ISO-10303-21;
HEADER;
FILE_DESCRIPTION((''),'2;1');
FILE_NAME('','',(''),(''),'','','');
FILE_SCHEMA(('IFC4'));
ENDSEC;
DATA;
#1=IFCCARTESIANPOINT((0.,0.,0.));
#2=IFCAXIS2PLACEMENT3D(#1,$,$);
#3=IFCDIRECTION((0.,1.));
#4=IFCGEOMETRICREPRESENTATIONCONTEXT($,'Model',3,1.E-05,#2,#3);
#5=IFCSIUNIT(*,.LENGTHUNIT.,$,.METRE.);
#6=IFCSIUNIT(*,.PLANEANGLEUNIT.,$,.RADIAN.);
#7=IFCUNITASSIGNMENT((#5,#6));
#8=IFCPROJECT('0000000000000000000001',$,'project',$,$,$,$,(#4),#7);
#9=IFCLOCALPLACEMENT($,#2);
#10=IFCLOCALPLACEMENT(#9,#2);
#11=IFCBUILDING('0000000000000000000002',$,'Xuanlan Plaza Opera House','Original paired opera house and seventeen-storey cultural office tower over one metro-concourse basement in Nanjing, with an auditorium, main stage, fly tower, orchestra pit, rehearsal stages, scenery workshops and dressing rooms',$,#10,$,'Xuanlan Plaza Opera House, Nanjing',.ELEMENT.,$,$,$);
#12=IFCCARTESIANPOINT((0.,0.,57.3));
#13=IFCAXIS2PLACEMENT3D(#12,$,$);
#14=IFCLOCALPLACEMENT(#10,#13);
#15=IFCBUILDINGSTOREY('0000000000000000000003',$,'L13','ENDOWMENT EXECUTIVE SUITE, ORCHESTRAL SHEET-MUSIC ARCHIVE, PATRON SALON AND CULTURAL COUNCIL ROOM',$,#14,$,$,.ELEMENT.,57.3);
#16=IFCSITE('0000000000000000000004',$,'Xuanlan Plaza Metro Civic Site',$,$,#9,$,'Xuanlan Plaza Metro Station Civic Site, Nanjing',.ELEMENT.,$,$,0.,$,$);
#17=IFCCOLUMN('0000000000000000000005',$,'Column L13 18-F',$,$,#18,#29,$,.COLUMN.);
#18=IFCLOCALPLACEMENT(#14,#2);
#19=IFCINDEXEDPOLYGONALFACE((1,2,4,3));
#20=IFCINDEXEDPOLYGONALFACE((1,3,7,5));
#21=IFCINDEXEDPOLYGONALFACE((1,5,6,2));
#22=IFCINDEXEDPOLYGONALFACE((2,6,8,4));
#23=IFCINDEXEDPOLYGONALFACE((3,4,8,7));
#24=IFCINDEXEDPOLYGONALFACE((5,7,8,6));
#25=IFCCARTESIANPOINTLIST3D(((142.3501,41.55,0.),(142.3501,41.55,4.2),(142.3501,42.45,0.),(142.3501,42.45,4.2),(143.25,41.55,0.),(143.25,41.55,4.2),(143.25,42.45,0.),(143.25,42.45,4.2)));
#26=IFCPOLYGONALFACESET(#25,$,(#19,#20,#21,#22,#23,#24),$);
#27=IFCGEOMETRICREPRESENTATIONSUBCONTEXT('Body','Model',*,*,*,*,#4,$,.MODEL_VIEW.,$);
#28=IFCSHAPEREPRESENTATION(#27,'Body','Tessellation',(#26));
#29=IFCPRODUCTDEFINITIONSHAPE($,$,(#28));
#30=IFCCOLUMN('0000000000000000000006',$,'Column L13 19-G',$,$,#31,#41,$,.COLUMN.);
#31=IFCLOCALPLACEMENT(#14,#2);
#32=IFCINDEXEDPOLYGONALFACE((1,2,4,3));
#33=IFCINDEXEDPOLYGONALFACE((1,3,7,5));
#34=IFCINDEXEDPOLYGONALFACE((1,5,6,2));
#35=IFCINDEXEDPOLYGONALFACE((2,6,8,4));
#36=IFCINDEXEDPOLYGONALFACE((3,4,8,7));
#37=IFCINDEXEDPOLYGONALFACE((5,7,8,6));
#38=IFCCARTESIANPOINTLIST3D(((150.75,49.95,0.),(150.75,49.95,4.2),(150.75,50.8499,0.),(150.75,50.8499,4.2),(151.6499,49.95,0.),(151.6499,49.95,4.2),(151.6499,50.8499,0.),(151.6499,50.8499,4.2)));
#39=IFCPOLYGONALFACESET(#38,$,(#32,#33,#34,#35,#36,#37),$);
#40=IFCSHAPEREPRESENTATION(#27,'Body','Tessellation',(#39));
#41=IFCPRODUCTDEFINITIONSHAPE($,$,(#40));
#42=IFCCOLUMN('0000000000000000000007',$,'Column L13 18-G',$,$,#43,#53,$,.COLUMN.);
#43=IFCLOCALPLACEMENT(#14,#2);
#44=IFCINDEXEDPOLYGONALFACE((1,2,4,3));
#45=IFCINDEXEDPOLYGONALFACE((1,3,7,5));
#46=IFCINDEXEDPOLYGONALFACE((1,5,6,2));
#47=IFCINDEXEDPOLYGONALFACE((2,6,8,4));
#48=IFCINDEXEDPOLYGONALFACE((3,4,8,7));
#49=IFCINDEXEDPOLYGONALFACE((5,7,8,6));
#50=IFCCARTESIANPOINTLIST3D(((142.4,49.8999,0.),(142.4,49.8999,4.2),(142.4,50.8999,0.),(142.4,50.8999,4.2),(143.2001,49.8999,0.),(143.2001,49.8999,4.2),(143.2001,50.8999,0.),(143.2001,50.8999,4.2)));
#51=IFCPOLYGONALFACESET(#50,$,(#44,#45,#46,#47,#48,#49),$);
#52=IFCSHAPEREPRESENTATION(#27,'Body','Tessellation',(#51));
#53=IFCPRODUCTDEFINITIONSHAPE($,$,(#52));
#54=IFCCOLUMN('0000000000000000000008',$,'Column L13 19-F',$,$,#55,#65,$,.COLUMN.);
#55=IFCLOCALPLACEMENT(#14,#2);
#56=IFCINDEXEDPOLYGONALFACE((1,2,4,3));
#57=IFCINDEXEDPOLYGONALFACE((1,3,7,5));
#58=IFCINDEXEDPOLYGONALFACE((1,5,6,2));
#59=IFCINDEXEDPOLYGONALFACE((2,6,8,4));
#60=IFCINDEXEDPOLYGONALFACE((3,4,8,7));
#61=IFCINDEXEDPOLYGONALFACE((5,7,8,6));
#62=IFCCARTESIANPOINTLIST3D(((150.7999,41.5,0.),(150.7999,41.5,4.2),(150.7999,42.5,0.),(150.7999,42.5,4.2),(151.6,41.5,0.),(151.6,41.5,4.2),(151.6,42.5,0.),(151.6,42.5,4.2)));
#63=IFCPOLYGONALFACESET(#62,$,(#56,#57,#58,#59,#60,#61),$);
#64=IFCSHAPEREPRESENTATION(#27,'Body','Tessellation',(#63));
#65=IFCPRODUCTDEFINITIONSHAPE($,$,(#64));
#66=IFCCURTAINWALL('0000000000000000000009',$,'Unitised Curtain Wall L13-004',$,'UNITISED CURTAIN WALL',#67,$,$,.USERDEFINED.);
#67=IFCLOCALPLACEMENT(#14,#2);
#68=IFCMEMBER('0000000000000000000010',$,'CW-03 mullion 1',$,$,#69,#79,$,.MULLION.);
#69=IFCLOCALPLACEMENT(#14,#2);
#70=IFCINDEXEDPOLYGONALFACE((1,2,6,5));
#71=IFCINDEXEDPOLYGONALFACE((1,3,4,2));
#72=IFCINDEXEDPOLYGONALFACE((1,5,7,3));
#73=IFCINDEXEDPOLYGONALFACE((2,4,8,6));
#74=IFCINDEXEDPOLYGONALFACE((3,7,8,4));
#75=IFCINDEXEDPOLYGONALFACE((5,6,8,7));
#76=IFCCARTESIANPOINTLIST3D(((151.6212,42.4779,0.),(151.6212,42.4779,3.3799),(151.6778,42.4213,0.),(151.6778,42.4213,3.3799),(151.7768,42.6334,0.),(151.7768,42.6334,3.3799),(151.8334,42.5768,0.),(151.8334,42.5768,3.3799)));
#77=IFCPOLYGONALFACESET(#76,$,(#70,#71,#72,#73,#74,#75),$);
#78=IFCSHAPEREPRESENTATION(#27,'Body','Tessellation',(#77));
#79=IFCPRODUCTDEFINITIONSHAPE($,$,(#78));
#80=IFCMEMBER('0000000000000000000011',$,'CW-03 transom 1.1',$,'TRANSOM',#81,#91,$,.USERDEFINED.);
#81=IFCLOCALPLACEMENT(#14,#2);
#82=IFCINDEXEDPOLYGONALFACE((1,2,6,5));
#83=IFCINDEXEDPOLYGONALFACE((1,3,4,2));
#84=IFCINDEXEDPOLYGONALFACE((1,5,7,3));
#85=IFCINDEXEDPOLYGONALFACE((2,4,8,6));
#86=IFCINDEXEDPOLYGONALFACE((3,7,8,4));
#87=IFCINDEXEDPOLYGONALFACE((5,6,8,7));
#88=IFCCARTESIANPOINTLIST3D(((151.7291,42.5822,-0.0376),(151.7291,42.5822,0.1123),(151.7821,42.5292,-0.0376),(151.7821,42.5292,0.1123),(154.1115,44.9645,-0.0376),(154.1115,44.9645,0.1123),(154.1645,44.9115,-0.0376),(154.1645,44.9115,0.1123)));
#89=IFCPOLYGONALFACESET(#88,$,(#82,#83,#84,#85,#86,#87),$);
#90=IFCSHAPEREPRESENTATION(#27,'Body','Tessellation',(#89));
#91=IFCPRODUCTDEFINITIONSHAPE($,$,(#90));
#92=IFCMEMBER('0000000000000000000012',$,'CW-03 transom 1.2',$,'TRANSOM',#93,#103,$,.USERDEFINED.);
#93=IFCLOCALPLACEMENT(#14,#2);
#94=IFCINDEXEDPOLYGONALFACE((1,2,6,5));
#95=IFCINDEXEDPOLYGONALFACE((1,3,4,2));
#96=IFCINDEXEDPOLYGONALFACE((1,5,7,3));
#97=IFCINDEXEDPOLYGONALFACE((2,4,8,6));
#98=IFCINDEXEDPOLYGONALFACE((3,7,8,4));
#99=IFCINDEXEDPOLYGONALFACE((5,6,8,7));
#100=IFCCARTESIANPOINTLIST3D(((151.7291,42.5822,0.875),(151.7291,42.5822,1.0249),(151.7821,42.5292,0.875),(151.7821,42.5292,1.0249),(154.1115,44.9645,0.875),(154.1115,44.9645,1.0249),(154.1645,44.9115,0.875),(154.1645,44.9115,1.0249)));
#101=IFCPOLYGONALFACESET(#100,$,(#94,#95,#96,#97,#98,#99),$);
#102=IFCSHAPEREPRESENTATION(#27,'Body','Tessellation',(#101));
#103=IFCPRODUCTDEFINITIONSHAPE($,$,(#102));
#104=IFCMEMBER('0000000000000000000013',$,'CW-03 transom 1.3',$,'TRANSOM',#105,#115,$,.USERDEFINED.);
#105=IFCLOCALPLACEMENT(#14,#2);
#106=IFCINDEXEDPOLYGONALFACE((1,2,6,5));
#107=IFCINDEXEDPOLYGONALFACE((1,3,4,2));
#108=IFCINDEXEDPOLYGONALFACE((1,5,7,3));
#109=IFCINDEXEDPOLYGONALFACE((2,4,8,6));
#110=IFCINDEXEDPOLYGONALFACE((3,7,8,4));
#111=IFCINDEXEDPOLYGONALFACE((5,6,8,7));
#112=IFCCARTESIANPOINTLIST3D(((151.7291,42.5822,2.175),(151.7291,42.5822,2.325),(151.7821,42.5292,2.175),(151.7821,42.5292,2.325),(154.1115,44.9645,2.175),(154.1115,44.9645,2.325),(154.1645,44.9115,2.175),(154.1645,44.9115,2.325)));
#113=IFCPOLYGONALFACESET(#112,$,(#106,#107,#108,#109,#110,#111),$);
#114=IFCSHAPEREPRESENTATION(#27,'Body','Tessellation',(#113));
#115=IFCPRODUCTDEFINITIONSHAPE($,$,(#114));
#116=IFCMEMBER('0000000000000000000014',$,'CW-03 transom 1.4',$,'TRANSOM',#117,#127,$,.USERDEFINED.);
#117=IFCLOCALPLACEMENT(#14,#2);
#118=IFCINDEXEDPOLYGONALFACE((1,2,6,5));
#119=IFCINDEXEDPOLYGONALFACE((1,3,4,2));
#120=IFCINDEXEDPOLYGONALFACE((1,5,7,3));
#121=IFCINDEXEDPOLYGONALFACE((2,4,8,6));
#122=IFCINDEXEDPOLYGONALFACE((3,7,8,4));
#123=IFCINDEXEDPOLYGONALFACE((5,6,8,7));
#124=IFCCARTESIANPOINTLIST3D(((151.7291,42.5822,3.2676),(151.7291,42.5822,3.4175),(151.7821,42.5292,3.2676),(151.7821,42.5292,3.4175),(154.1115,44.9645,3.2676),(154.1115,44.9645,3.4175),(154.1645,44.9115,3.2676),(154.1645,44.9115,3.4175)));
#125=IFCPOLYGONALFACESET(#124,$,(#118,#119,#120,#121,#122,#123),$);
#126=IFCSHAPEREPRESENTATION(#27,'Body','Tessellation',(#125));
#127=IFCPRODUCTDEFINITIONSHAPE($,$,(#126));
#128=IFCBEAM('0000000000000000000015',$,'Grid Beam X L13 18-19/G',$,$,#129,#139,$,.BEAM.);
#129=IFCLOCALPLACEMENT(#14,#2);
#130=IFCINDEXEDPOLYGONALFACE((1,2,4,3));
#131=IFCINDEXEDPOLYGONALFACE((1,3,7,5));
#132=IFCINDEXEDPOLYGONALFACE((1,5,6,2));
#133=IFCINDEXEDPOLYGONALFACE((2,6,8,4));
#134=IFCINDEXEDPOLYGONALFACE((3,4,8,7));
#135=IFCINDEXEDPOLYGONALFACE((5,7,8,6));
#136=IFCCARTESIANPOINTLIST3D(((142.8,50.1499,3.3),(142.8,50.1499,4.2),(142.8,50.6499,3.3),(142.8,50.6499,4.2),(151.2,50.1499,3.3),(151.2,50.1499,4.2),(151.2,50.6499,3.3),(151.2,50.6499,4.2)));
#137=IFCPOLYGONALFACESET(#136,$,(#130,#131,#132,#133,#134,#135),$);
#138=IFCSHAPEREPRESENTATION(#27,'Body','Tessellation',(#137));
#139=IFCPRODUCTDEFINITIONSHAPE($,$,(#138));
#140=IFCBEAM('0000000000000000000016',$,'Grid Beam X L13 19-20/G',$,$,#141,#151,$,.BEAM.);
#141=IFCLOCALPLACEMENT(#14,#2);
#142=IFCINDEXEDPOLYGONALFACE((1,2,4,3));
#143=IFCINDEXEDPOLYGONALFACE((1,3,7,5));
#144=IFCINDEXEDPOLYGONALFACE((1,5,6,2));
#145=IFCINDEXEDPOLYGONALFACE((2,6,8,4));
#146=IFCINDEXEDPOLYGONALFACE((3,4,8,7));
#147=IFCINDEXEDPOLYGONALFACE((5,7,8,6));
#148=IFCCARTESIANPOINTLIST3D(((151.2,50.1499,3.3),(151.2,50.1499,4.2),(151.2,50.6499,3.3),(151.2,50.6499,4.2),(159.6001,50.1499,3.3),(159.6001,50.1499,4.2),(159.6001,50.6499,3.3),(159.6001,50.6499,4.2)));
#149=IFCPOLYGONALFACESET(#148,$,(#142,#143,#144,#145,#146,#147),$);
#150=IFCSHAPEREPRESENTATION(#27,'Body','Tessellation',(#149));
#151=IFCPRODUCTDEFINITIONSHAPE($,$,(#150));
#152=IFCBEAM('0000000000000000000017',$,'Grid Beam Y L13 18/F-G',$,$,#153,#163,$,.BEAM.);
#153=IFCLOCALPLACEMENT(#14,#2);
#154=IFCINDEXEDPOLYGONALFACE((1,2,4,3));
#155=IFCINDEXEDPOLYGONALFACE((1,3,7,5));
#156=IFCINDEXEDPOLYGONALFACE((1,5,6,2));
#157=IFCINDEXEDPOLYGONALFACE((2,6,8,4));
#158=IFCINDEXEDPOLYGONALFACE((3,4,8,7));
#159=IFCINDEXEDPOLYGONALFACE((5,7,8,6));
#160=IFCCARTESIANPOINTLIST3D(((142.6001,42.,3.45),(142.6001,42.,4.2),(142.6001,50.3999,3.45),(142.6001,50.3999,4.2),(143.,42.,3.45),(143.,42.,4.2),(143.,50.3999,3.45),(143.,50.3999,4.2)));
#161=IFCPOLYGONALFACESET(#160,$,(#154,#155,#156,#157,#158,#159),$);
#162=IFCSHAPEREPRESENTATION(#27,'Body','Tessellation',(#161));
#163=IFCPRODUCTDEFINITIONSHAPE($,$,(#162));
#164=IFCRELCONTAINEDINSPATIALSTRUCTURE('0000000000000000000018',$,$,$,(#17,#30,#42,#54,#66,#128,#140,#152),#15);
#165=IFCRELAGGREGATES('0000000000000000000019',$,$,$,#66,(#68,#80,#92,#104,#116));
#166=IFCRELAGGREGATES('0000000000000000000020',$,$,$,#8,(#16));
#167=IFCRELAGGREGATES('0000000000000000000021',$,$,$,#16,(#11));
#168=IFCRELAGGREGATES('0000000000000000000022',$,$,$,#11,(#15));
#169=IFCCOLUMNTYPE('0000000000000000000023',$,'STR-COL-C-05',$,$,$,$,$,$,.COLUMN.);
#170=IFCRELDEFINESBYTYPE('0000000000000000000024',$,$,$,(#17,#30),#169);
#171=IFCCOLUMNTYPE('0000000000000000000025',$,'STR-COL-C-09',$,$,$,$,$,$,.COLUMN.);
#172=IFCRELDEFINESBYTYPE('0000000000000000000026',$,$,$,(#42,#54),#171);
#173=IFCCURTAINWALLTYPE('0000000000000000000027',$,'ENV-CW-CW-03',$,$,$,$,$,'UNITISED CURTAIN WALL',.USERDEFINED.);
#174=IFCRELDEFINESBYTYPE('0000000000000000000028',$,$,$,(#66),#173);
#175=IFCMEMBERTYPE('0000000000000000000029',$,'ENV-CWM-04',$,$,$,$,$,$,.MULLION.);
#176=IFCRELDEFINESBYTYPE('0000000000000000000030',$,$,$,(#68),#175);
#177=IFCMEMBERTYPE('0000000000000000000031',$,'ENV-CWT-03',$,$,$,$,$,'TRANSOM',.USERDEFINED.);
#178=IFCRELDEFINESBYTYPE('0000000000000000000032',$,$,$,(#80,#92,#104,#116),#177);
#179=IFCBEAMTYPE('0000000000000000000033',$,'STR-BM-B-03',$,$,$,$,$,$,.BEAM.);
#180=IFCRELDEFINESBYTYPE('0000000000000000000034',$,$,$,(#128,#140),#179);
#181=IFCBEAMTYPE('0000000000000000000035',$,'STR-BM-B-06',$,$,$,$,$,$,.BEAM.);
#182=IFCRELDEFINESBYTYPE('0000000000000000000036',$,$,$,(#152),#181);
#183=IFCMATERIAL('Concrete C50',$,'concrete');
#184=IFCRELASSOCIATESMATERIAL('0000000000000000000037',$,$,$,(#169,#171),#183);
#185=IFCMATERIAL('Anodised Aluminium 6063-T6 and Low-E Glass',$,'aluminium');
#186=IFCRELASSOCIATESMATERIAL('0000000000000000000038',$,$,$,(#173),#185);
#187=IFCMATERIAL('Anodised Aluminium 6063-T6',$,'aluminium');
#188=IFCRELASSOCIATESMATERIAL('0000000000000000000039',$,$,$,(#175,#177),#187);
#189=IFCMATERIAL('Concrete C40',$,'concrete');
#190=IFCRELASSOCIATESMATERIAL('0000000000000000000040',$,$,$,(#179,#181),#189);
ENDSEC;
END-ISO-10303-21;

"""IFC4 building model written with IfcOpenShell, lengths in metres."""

from ifc_helpers import new_model, si_unit, direction, frame, origin, origin_2d, place, context, subcontext, project, spatial, rectangle, extrude, material, material_profile, profile_set, type_object, element, aggregate, save


model = new_model("IFC4")

# Units and contexts
model_context = context("Model", 3, precision=1e-05, world=origin(), true_north=direction((0.0, 1.0)))
body_context = subcontext(model_context, "Body", "Model", "MODEL_VIEW")
ifc_project = project(units=[si_unit("LENGTHUNIT", "METRE"), si_unit("PLANEANGLEUNIT", "RADIAN")], contexts=[model_context])

# Site, building, storey
site_placement = place(None, origin())
site = spatial("IfcSite", under=ifc_project, at=site_placement, Name="Xuanlan Plaza Metro Civic Site", LongName="Xuanlan Plaza Metro Station Civic Site, Nanjing", CompositionType="ELEMENT", RefElevation=0.0)
building_placement = place(site_placement, origin())
building = spatial("IfcBuilding", under=site, at=building_placement, Name="Xuanlan Plaza Opera House", Description="Original paired opera house and seventeen-storey cultural office tower over one metro-concourse basement in Nanjing, with an auditorium, main stage, fly tower, orchestra pit, rehearsal stages, scenery workshops and dressing rooms", LongName="Xuanlan Plaza Opera House, Nanjing", CompositionType="ELEMENT")
storey_placement = place(building_placement, frame((0.0, 0.0, 57.3)))
storey = spatial("IfcBuildingStorey", under=building, at=storey_placement, Name="L13", Description="ENDOWMENT EXECUTIVE SUITE, ORCHESTRAL SHEET-MUSIC ARCHIVE, PATRON SALON AND CULTURAL COUNCIL ROOM", CompositionType="ELEMENT", Elevation=57.3)

# Columns
ifc_material_1 = material(Name="Concrete C50", Category="concrete")
ifc_material_profile_1 = material_profile(ifc_material_1, rectangle(XDim=0.8999, YDim=0.8999, at=origin_2d()), Name="RC-COL 900x900")
ifc_profile_set_1 = profile_set([ifc_material_profile_1], Name="Concrete C50")
column_type_1 = type_object("IfcColumnType", Name="STR-COL-C-05", PredefinedType="COLUMN", material=ifc_profile_set_1)
for number, where, z_axis, x_axis, name in (
    (1, (142.8, 42.0, 0.0), (0.0, 0.0, 1.0), (1.0, 0.0, 0.0), "Column L13 18-F"),
    (2, (151.2, 50.3999, 0.0), (0.0, 0.0, 1.0), (1.0, 0.0, 0.0), "Column L13 19-G"),
):
    element("IfcColumn", number, at=place(storey_placement, frame(where, z_axis=z_axis, x_axis=x_axis)), inside=storey, type_object=column_type_1, Name=name, PredefinedType="COLUMN", context=body_context, shape_type="SweptSolid", body=[
        extrude(rectangle(XDim=0.8999, YDim=0.8999, at=origin_2d()), origin(), (0.0, 0.0, 1.0), 4.2),
    ])
ifc_material_profile_2 = material_profile(ifc_material_1, rectangle(XDim=0.8, YDim=1.0, at=origin_2d()), Name="RC-COL 800x1000")
ifc_profile_set_2 = profile_set([ifc_material_profile_2], Name="Concrete C50")
column_type_2 = type_object("IfcColumnType", Name="STR-COL-C-09", PredefinedType="COLUMN", material=ifc_profile_set_2)
for number, where, z_axis, x_axis, name in (
    (3, (142.8, 50.3999, 0.0), (0.0, 0.0, 1.0), (1.0, 0.0, 0.0), "Column L13 18-G"),
    (4, (151.2, 42.0, 0.0), (0.0, 0.0, 1.0), (1.0, 0.0, 0.0), "Column L13 19-F"),
):
    element("IfcColumn", number, at=place(storey_placement, frame(where, z_axis=z_axis, x_axis=x_axis)), inside=storey, type_object=column_type_2, Name=name, PredefinedType="COLUMN", context=body_context, shape_type="SweptSolid", body=[
        extrude(rectangle(XDim=0.8, YDim=1.0, at=origin_2d()), origin(), (0.0, 0.0, 1.0), 4.2),
    ])

# Curtain wall, members
ifc_material_2 = material(Name="Anodised Aluminium 6063-T6 and Low-E Glass", Category="aluminium")
curtain_wall_type = type_object("IfcCurtainWallType", Name="ENV-CW-CW-03", ElementType="UNITISED CURTAIN WALL", PredefinedType="USERDEFINED", material=ifc_material_2)
curtain_wall_placement = place(storey_placement, origin())
curtain_wall = element("IfcCurtainWall", 5, at=curtain_wall_placement, inside=storey, type_object=curtain_wall_type, Name="Unitised Curtain Wall L13-004", ObjectType="UNITISED CURTAIN WALL", PredefinedType="USERDEFINED")
ifc_material_3 = material(Name="Anodised Aluminium 6063-T6", Category="aluminium")
ifc_material_profile_3 = material_profile(ifc_material_3, rectangle(XDim=0.0801, YDim=0.22, at=origin_2d()), Name="ALU-M 80x220")
ifc_profile_set_3 = profile_set([ifc_material_profile_3], Name="Anodised Aluminium 6063-T6")
member_type_1 = type_object("IfcMemberType", Name="ENV-CWM-04", PredefinedType="MULLION", material=ifc_profile_set_3)
member_1_placement = place(storey_placement, frame((151.7273, 42.5273, 0.0), z_axis=(0.0, 0.0, 1.0), x_axis=(-0.707107, 0.707107, 0.0)))
member_1 = element("IfcMember", 6, at=member_1_placement, type_object=member_type_1, Name="CW-03 mullion 1", PredefinedType="MULLION", context=body_context, shape_type="SweptSolid", body=[
    extrude(rectangle(XDim=0.0801, YDim=0.22, at=origin_2d()), origin(), (0.0, 0.0, 1.0), 3.3799),
])
ifc_material_profile_4 = material_profile(ifc_material_3, rectangle(XDim=0.075, YDim=0.1499, at=origin_2d()), Name="ALU-T 75x150")
ifc_profile_set_4 = profile_set([ifc_material_profile_4], Name="Anodised Aluminium 6063-T6")
member_type_2 = type_object("IfcMemberType", Name="ENV-CWT-03", ElementType="TRANSOM", PredefinedType="USERDEFINED", material=ifc_profile_set_4)
member_2_placement = place(storey_placement, frame((151.7556, 42.5557, 0.0374), z_axis=(0.707107, 0.707107, 0.0), x_axis=(-0.707107, 0.707107, 0.0)))
member_2 = element("IfcMember", 7, at=member_2_placement, type_object=member_type_2, Name="CW-03 transom 1.1", ObjectType="TRANSOM", PredefinedType="USERDEFINED", context=body_context, shape_type="SweptSolid", body=[
    extrude(rectangle(XDim=0.075, YDim=0.1499, at=origin_2d()), origin(), (0.0, 0.0, 1.0), 3.3691),
])
member_3_placement = place(storey_placement, frame((151.7556, 42.5557, 0.95), z_axis=(0.707107, 0.707107, 0.0), x_axis=(-0.707107, 0.707107, 0.0)))
member_3 = element("IfcMember", 8, at=member_3_placement, type_object=member_type_2, Name="CW-03 transom 1.2", ObjectType="TRANSOM", PredefinedType="USERDEFINED", context=body_context, shape_type="SweptSolid", body=[
    extrude(rectangle(XDim=0.075, YDim=0.1499, at=origin_2d()), origin(), (0.0, 0.0, 1.0), 3.3691),
])
member_4_placement = place(storey_placement, frame((151.7556, 42.5557, 2.25), z_axis=(0.707107, 0.707107, 0.0), x_axis=(-0.707107, 0.707107, 0.0)))
member_4 = element("IfcMember", 9, at=member_4_placement, type_object=member_type_2, Name="CW-03 transom 1.3", ObjectType="TRANSOM", PredefinedType="USERDEFINED", context=body_context, shape_type="SweptSolid", body=[
    extrude(rectangle(XDim=0.075, YDim=0.1499, at=origin_2d()), origin(), (0.0, 0.0, 1.0), 3.3691),
])
member_5_placement = place(storey_placement, frame((151.7556, 42.5557, 3.3425), z_axis=(0.707107, 0.707107, 0.0), x_axis=(-0.707107, 0.707107, 0.0)))
member_5 = element("IfcMember", 10, at=member_5_placement, type_object=member_type_2, Name="CW-03 transom 1.4", ObjectType="TRANSOM", PredefinedType="USERDEFINED", context=body_context, shape_type="SweptSolid", body=[
    extrude(rectangle(XDim=0.075, YDim=0.1499, at=origin_2d()), origin(), (0.0, 0.0, 1.0), 3.3691),
])

# Beams
ifc_material_4 = material(Name="Concrete C40", Category="concrete")
ifc_material_profile_5 = material_profile(ifc_material_4, rectangle(XDim=0.5, YDim=0.8999, at=origin_2d()), Name="RC-BM 500x900")
ifc_profile_set_5 = profile_set([ifc_material_profile_5], Name="Concrete C40")
beam_type_1 = type_object("IfcBeamType", Name="STR-BM-B-03", PredefinedType="BEAM", material=ifc_profile_set_5)
beam_1_placement = place(storey_placement, frame((142.8, 50.3999, 3.75), z_axis=(1.0, 0.0, 0.0), x_axis=(0.0, 1.0, 0.0)))
element("IfcBeam", 11, at=beam_1_placement, inside=storey, type_object=beam_type_1, Name="Grid Beam X L13 18-19/G", PredefinedType="BEAM", context=body_context, shape_type="SweptSolid", body=[
    extrude(rectangle(XDim=0.5, YDim=0.8999, at=origin_2d()), origin(), (0.0, 0.0, 1.0), 8.3999),
])
beam_2_placement = place(storey_placement, frame((151.2, 50.3999, 3.75), z_axis=(1.0, 0.0, 0.0), x_axis=(0.0, 1.0, 0.0)))
element("IfcBeam", 12, at=beam_2_placement, inside=storey, type_object=beam_type_1, Name="Grid Beam X L13 19-20/G", PredefinedType="BEAM", context=body_context, shape_type="SweptSolid", body=[
    extrude(rectangle(XDim=0.5, YDim=0.8999, at=origin_2d()), origin(), (0.0, 0.0, 1.0), 8.4001),
])
ifc_material_profile_6 = material_profile(ifc_material_4, rectangle(XDim=0.3999, YDim=0.75, at=origin_2d()), Name="RC-BM 400x750")
ifc_profile_set_6 = profile_set([ifc_material_profile_6], Name="Concrete C40")
beam_type_2 = type_object("IfcBeamType", Name="STR-BM-B-06", PredefinedType="BEAM", material=ifc_profile_set_6)
beam_3_placement = place(storey_placement, frame((142.8, 42.0, 3.825), z_axis=(0.0, 1.0, 0.0), x_axis=(-1.0, 0.0, 0.0)))
element("IfcBeam", 13, at=beam_3_placement, inside=storey, type_object=beam_type_2, Name="Grid Beam Y L13 18/F-G", PredefinedType="BEAM", context=body_context, shape_type="SweptSolid", body=[
    extrude(rectangle(XDim=0.3999, YDim=0.75, at=origin_2d()), origin(), (0.0, 0.0, 1.0), 8.3999),
])

aggregate(curtain_wall, [member_1, member_2, member_3, member_4, member_5])

save(model, "model.ifc")
